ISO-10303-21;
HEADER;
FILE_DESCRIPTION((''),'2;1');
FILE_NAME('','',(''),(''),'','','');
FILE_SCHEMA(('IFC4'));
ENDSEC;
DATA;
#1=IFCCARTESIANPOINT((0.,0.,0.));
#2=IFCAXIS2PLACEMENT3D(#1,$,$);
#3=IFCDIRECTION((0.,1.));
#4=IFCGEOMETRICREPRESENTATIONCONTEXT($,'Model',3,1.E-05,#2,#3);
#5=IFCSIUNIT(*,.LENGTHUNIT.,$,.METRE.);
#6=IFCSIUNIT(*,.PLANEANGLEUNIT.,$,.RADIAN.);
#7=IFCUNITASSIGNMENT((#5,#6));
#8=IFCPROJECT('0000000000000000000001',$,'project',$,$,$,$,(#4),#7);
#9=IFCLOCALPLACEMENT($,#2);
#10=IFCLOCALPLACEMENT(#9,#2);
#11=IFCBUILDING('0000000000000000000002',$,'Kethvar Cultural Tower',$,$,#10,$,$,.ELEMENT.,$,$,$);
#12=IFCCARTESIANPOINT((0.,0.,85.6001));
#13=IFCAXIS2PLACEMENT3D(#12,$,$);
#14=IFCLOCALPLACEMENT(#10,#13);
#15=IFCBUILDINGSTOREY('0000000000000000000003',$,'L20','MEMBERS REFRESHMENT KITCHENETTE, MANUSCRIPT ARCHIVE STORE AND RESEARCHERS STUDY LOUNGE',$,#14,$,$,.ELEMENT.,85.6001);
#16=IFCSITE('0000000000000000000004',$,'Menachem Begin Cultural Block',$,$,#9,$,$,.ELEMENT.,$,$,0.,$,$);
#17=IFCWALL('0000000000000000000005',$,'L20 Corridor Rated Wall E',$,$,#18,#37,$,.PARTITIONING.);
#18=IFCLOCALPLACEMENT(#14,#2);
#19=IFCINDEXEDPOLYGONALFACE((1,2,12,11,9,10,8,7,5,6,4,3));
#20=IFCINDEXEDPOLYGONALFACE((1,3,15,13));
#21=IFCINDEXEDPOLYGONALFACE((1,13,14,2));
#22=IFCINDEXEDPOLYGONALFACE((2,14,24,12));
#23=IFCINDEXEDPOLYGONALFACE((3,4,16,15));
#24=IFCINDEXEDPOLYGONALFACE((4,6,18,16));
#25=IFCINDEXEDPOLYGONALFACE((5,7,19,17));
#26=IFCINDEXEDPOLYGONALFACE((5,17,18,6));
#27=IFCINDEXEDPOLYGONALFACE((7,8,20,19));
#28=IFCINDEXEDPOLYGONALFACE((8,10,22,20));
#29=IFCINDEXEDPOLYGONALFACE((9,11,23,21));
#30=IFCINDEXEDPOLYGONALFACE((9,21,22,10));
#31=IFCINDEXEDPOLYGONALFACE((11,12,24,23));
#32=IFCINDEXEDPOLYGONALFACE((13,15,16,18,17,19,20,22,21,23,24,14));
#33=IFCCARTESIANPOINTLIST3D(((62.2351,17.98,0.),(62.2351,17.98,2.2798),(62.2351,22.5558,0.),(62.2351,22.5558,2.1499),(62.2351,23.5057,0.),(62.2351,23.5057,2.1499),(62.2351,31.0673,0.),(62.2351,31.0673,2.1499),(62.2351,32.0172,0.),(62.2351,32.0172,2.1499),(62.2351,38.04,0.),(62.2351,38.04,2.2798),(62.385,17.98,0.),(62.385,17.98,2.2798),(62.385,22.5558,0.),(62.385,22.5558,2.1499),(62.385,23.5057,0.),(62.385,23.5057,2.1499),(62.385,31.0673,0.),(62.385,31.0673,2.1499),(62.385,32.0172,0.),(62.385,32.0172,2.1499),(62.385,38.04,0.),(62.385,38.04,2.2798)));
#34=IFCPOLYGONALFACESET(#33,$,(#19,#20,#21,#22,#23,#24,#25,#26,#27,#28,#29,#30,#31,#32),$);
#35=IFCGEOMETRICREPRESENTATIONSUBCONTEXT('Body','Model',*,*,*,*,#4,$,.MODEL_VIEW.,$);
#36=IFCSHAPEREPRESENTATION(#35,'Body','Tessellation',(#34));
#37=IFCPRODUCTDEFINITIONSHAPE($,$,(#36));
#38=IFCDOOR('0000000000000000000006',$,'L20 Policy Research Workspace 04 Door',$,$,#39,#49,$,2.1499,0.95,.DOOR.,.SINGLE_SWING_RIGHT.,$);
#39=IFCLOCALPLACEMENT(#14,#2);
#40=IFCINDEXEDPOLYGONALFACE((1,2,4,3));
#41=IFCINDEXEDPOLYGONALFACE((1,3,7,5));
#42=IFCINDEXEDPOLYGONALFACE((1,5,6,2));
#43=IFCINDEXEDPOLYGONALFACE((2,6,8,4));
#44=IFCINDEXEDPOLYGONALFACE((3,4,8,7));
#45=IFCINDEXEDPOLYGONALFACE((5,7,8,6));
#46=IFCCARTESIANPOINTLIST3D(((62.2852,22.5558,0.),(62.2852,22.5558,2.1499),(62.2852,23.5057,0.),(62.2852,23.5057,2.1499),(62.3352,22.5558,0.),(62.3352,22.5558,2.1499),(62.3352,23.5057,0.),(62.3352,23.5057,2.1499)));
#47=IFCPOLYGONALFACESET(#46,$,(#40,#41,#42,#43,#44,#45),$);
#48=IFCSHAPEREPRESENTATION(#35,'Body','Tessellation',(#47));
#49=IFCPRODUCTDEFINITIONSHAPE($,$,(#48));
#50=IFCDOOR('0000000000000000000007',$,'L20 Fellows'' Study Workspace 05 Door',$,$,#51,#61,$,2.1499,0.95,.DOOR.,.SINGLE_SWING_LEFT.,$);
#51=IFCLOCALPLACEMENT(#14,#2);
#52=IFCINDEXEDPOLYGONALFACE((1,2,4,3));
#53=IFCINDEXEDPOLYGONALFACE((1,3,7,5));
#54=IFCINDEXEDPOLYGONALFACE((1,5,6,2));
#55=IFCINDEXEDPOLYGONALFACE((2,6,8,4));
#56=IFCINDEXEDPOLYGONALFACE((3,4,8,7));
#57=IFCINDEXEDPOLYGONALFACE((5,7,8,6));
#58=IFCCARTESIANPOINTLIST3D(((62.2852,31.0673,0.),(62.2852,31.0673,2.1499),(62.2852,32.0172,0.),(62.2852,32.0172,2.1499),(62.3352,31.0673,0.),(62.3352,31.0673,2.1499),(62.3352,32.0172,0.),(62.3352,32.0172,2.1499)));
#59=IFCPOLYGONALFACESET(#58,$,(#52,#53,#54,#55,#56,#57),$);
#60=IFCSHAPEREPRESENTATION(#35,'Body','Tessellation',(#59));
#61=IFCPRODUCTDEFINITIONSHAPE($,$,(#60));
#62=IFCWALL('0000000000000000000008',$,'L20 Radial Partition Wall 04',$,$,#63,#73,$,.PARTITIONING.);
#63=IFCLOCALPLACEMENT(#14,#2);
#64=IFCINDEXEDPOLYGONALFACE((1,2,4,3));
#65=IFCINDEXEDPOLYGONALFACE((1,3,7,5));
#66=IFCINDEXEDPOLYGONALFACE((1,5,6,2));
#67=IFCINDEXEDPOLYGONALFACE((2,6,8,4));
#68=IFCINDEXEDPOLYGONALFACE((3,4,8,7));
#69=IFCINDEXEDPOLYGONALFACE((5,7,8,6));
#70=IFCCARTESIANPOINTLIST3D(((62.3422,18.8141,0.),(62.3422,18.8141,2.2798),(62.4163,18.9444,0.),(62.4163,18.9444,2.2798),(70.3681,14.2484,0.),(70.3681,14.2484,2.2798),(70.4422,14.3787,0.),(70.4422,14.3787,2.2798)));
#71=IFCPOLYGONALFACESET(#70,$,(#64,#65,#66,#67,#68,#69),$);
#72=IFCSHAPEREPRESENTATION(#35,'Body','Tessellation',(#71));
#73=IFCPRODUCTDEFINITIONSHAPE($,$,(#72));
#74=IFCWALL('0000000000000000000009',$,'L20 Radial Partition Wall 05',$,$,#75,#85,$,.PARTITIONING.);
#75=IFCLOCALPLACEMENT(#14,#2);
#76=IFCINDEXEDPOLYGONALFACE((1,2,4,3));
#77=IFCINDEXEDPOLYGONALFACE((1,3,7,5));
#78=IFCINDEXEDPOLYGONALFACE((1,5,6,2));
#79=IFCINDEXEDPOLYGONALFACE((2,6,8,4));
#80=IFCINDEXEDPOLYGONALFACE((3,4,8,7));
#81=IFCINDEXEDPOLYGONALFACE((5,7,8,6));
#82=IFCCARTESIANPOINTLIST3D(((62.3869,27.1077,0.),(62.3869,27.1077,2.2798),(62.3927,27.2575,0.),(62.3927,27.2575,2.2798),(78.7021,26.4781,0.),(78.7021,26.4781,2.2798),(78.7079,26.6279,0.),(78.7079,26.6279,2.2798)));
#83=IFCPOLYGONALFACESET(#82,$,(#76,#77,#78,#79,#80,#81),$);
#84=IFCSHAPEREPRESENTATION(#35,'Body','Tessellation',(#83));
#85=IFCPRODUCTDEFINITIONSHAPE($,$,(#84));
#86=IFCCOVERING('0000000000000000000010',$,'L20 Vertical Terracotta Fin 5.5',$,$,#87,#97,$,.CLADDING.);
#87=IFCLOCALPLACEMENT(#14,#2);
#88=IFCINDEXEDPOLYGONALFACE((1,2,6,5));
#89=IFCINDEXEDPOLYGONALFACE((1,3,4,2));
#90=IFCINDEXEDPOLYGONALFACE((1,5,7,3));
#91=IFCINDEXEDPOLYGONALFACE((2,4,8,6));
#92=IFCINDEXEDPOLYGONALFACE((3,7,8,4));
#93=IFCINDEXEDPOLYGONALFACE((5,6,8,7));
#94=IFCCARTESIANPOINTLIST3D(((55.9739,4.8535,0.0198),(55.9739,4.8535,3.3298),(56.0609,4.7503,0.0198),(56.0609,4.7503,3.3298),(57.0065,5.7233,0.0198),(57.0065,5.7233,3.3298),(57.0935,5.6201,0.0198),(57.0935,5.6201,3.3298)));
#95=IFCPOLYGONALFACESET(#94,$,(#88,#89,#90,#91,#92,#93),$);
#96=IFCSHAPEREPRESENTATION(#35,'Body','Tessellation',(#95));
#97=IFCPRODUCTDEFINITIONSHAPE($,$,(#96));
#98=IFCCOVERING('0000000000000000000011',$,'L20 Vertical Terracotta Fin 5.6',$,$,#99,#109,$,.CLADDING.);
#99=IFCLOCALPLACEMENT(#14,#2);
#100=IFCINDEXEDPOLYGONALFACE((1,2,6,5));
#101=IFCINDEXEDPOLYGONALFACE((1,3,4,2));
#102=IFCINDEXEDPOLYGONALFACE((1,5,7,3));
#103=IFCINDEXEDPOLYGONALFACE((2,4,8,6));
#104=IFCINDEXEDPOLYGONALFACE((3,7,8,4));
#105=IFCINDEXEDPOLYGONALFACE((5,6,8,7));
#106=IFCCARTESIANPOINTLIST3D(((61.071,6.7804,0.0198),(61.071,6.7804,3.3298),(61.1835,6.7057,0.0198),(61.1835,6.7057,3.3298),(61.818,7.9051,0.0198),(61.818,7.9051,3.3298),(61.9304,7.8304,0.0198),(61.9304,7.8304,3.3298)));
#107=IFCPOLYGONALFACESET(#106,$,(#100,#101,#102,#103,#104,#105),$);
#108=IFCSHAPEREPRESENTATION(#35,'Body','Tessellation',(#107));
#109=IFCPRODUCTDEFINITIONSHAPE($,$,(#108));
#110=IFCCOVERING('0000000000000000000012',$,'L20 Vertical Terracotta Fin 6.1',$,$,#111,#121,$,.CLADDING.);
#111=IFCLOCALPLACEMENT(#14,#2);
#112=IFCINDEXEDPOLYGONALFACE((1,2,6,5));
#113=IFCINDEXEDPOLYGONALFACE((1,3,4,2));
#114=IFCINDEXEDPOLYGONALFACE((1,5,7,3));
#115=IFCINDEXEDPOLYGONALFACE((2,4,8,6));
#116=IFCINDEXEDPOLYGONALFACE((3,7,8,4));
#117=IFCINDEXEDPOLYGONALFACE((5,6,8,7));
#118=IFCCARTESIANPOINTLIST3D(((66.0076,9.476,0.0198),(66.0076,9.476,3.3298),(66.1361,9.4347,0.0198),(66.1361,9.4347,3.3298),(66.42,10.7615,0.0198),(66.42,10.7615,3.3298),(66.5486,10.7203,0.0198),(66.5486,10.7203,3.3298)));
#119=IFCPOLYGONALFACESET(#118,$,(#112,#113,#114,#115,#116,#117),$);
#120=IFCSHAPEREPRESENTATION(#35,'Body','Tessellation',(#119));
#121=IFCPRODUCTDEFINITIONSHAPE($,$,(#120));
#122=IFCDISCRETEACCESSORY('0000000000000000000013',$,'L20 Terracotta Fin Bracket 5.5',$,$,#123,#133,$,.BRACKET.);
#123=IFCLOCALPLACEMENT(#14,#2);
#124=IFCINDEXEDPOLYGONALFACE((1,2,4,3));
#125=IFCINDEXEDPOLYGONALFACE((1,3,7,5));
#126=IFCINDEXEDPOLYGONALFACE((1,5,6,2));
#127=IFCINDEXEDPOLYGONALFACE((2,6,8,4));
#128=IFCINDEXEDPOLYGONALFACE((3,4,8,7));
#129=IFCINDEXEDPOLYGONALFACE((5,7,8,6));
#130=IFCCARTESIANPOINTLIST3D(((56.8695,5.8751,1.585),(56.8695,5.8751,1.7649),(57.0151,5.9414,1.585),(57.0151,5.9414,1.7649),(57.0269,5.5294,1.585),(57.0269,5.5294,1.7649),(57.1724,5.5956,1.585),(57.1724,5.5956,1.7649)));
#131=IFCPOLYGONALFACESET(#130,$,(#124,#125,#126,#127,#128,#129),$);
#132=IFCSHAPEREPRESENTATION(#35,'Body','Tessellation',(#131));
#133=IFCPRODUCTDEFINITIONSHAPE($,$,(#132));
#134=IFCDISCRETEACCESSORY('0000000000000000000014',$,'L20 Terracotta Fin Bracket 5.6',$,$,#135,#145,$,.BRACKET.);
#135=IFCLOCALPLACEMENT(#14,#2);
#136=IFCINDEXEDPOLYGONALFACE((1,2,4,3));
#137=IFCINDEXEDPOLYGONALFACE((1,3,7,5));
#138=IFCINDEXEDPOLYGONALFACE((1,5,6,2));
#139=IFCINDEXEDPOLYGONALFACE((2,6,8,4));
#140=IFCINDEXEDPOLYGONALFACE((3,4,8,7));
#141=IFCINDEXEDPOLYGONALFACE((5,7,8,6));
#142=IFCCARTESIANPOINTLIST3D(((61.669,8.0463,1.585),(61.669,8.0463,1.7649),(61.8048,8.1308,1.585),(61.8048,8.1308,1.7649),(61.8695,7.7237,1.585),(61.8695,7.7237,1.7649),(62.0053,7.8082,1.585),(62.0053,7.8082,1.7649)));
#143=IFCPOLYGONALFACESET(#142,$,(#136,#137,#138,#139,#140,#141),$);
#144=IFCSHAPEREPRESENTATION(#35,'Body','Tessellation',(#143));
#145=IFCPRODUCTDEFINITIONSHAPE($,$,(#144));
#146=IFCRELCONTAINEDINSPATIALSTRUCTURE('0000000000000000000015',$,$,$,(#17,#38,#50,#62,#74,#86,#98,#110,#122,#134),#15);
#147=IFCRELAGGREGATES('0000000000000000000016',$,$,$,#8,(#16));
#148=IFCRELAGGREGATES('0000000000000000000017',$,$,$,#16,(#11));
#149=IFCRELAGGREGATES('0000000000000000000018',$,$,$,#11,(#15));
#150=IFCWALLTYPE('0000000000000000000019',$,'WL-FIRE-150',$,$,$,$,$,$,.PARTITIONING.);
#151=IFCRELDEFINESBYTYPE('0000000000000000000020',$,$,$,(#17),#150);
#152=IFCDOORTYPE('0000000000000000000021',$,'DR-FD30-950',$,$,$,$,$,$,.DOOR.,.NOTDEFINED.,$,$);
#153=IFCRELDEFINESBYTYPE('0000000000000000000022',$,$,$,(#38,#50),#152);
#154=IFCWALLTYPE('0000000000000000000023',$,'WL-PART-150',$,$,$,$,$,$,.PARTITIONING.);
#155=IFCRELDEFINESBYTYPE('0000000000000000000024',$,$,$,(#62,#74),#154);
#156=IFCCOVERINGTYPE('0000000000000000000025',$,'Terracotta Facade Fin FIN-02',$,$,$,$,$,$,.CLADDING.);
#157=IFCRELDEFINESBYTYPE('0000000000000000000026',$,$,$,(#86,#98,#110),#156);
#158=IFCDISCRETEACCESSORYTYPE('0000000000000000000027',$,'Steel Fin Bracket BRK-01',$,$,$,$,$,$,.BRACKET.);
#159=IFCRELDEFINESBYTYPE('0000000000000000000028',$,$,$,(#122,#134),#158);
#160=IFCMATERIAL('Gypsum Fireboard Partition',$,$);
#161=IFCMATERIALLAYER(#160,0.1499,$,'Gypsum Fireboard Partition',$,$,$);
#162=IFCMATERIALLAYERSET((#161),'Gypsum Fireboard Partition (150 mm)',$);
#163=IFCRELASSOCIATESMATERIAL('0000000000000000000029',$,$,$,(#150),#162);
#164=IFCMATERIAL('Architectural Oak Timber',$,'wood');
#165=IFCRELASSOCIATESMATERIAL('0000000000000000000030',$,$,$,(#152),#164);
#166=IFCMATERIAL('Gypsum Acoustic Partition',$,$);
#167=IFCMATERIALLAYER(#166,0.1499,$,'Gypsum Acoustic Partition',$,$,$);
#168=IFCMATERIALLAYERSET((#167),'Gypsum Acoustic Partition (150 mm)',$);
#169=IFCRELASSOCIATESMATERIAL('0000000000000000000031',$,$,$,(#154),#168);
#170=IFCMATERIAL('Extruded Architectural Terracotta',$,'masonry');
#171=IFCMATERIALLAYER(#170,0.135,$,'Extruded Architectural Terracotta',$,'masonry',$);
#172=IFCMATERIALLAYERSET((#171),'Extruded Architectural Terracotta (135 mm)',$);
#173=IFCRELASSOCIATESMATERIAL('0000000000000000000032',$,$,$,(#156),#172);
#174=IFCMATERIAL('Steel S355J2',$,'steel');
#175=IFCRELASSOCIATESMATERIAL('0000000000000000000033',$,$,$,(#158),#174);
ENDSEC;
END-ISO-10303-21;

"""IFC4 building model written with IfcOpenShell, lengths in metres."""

from ifc_helpers import new_model, si_unit, direction, frame, frame_2d, origin, origin_2d, place, context, subcontext, project, spatial, rectangle, extrude, source, transform, mapped, material, layer, layer_set, type_object, element, fill, save


model = new_model("IFC4")

# Units and contexts
model_context = context("Model", 3, precision=1e-05, world=origin(), true_north=direction((0.0, 1.0)))
body_context = subcontext(model_context, "Body", "Model", "MODEL_VIEW")
ifc_project = project(units=[si_unit("LENGTHUNIT", "METRE"), si_unit("PLANEANGLEUNIT", "RADIAN")], contexts=[model_context])

# Site, building, storey
site_placement = place(None, origin())
site = spatial("IfcSite", under=ifc_project, at=site_placement, Name="Menachem Begin Cultural Block", CompositionType="ELEMENT", RefElevation=0.0)
building_placement = place(site_placement, origin())
building = spatial("IfcBuilding", under=site, at=building_placement, Name="Kethvar Cultural Tower", CompositionType="ELEMENT")
storey_placement = place(building_placement, frame((0.0, 0.0, 85.6001)))
storey = spatial("IfcBuildingStorey", under=building, at=storey_placement, Name="L20", Description="MEMBERS REFRESHMENT KITCHENETTE, MANUSCRIPT ARCHIVE STORE AND RESEARCHERS STUDY LOUNGE", CompositionType="ELEMENT", Elevation=85.6001)

# Shared definitions
ifc_material_1 = material(Name="Steel S355J2", Category="steel")

# Wall, openings, doors
ifc_material_2 = material(Name="Gypsum Fireboard Partition")
ifc_layer_1 = layer(ifc_material_2, 0.1499, Name="Gypsum Fireboard Partition")
ifc_layer_set_1 = layer_set([ifc_layer_1], Name="Gypsum Fireboard Partition (150 mm)")
wall_type_1 = type_object("IfcWallType", Name="WL-FIRE-150", PredefinedType="PARTITIONING", material=ifc_layer_set_1)
wall_1_placement = place(storey_placement, frame((62.3101, 17.98, 0.0), z_axis=(0.0, 0.0, 1.0), x_axis=(0.0, 1.0, 0.0)))
wall_1 = element("IfcWall", 1, at=wall_1_placement, inside=storey, type_object=wall_type_1, Name="L20 Corridor Rated Wall E", PredefinedType="PARTITIONING", context=body_context, shape_type="SweptSolid", body=[
    extrude(rectangle(XDim=20.0601, YDim=0.1499, at=frame_2d((10.03, 0.0))), origin(), (0.0, 0.0, 1.0), 2.2798),
])
opening_1_placement = place(wall_1_placement, frame((4.5757, 0.0, 0.0)))
opening_1 = element("IfcOpeningElement", 2, at=opening_1_placement, cuts=wall_1, PredefinedType="OPENING", context=body_context, shape_type="SweptSolid", body=[
    extrude(rectangle(XDim=0.95, YDim=2.1499, at=frame_2d((0.4751, 1.075))), frame((0.0, 0.085, 0.0), z_axis=(0.0, -1.0, 0.0), x_axis=(1.0, 0.0, 0.0)), (0.0, 0.0, 1.0), 0.1699),
])
opening_2_placement = place(wall_1_placement, frame((13.0872, 0.0, 0.0)))
opening_2 = element("IfcOpeningElement", 3, at=opening_2_placement, cuts=wall_1, PredefinedType="OPENING", context=body_context, shape_type="SweptSolid", body=[
    extrude(rectangle(XDim=0.95, YDim=2.1499, at=frame_2d((0.4751, 1.075))), frame((0.0, 0.085, 0.0), z_axis=(0.0, -1.0, 0.0), x_axis=(1.0, 0.0, 0.0)), (0.0, 0.0, 1.0), 0.1699),
])
ifc_material_3 = material(Name="Architectural Oak Timber", Category="wood")
door_type_1 = type_object("IfcDoorType", Name="DR-FD30-950", OperationType="NOTDEFINED", PredefinedType="DOOR", material=ifc_material_3)
shared_shape_1 = source(origin(), body_context, "Body", "SweptSolid", [
    extrude(rectangle(XDim=0.95, YDim=2.1499, at=frame_2d((0.4751, 1.075))), frame((0.0, 0.0249, 0.0), z_axis=(0.0, -1.0, 0.0), x_axis=(1.0, 0.0, 0.0)), (0.0, 0.0, 1.0), 0.05),
])
door_1_placement = place(opening_1_placement, origin())
door_1 = element("IfcDoor", 4, at=door_1_placement, inside=storey, type_object=door_type_1, Name="L20 Policy Research Workspace 04 Door", OperationType="SINGLE_SWING_RIGHT", OverallHeight=2.1499, OverallWidth=0.95, PredefinedType="DOOR", context=body_context, shape_type="MappedRepresentation", body=[
    mapped(shared_shape_1, transform((0.0, 0.0, 0.0), scale=1.0)),
])
fill(opening_1, door_1)
door_2_placement = place(opening_2_placement, origin())
door_2 = element("IfcDoor", 5, at=door_2_placement, inside=storey, type_object=door_type_1, Name="L20 Fellows' Study Workspace 05 Door", OperationType="SINGLE_SWING_LEFT", OverallHeight=2.1499, OverallWidth=0.95, PredefinedType="DOOR", context=body_context, shape_type="MappedRepresentation", body=[
    mapped(shared_shape_1, transform((0.0, 0.0, 0.0), scale=1.0)),
])
fill(opening_2, door_2)

# Walls
ifc_material_4 = material(Name="Gypsum Acoustic Partition")
ifc_layer_2 = layer(ifc_material_4, 0.1499, Name="Gypsum Acoustic Partition")
ifc_layer_set_2 = layer_set([ifc_layer_2], Name="Gypsum Acoustic Partition (150 mm)")
wall_type_2 = type_object("IfcWallType", Name="WL-PART-150", PredefinedType="PARTITIONING", material=ifc_layer_set_2)
wall_2_placement = place(storey_placement, frame((62.3794, 18.8792, 0.0), z_axis=(0.0, 0.0, 1.0), x_axis=(0.8692, -0.494461, 0.0)))
element("IfcWall", 6, at=wall_2_placement, inside=storey, type_object=wall_type_2, Name="L20 Radial Partition Wall 04", PredefinedType="PARTITIONING", context=body_context, shape_type="SweptSolid", body=[
    extrude(rectangle(XDim=9.2336, YDim=0.1499, at=frame_2d((4.6167, 0.0))), origin(), (0.0, 0.0, 1.0), 2.2798),
])
wall_3_placement = place(storey_placement, frame((62.3899, 27.1826, 0.0), z_axis=(0.0, 0.0, 1.0), x_axis=(0.999256, -0.038563, 0.0)))
element("IfcWall", 7, at=wall_3_placement, inside=storey, type_object=wall_type_2, Name="L20 Radial Partition Wall 05", PredefinedType="PARTITIONING", context=body_context, shape_type="SweptSolid", body=[
    extrude(rectangle(XDim=16.3274, YDim=0.1499, at=frame_2d((8.1636, 0.0))), origin(), (0.0, 0.0, 1.0), 2.2798),
])

# Coverings
ifc_material_5 = material(Name="Extruded Architectural Terracotta", Category="masonry")
ifc_layer_3 = layer(ifc_material_5, 0.135, Name="Extruded Architectural Terracotta", Category="masonry")
ifc_layer_set_3 = layer_set([ifc_layer_3], Name="Extruded Architectural Terracotta (135 mm)")
covering_type = type_object("IfcCoveringType", Name="Terracotta Facade Fin FIN-02", PredefinedType="CLADDING", material=ifc_layer_set_3)
shared_shape_2 = source(origin(), body_context, "Body", "SweptSolid", [
    extrude(rectangle(XDim=1.3501, YDim=0.135, at=origin_2d()), origin(), (0.0, 0.0, 1.0), 3.3101),
])
for number, where, z_axis, x_axis, name in (
    (8, (56.5337, 5.2368, 0.0198), (0.0, 0.0, 1.0), (-0.764809, -0.644257, 0.0), "L20 Vertical Terracotta Fin 5.5"),
    (9, (61.5007, 7.3054, 0.0198), (0.0, 0.0, 1.0), (-0.553246, -0.833018, 0.0), "L20 Vertical Terracotta Fin 5.6"),
    (10, (66.2781, 10.0981, 0.0198), (0.0, 0.0, 1.0), (-0.305529, -0.952183, 0.0), "L20 Vertical Terracotta Fin 6.1"),
):
    element("IfcCovering", number, at=place(storey_placement, frame(where, z_axis=z_axis, x_axis=x_axis)), inside=storey, type_object=covering_type, Name=name, PredefinedType="CLADDING", context=body_context, shape_type="MappedRepresentation", body=[
        mapped(shared_shape_2, transform((0.0, 0.0, 0.0), scale=1.0)),
    ])

# Discrete accessories
discrete_accessory_type = type_object("IfcDiscreteAccessoryType", Name="Steel Fin Bracket BRK-01", PredefinedType="BRACKET", material=ifc_material_1)
shared_shape_3 = source(origin(), body_context, "Body", "SweptSolid", [
    extrude(rectangle(XDim=0.3799, YDim=0.1599, at=origin_2d()), origin(), (0.0, 0.0, 1.0), 0.1799),
])
for number, where, z_axis, x_axis, name in (
    (11, (57.021, 5.7354, 1.585), (0.0, 0.0, 1.0), (0.414217, -0.910178, 0.0), "L20 Terracotta Fin Bracket 5.5"),
    (12, (61.8372, 7.9272, 1.585), (0.0, 0.0, 1.0), (0.527994, -0.849248, 0.0), "L20 Terracotta Fin Bracket 5.6"),
):
    element("IfcDiscreteAccessory", number, at=place(storey_placement, frame(where, z_axis=z_axis, x_axis=x_axis)), inside=storey, type_object=discrete_accessory_type, Name=name, PredefinedType="BRACKET", context=body_context, shape_type="MappedRepresentation", body=[
        mapped(shared_shape_3, transform((0.0, 0.0, 0.0), scale=1.0)),
    ])

save(model, "model.ifc")
